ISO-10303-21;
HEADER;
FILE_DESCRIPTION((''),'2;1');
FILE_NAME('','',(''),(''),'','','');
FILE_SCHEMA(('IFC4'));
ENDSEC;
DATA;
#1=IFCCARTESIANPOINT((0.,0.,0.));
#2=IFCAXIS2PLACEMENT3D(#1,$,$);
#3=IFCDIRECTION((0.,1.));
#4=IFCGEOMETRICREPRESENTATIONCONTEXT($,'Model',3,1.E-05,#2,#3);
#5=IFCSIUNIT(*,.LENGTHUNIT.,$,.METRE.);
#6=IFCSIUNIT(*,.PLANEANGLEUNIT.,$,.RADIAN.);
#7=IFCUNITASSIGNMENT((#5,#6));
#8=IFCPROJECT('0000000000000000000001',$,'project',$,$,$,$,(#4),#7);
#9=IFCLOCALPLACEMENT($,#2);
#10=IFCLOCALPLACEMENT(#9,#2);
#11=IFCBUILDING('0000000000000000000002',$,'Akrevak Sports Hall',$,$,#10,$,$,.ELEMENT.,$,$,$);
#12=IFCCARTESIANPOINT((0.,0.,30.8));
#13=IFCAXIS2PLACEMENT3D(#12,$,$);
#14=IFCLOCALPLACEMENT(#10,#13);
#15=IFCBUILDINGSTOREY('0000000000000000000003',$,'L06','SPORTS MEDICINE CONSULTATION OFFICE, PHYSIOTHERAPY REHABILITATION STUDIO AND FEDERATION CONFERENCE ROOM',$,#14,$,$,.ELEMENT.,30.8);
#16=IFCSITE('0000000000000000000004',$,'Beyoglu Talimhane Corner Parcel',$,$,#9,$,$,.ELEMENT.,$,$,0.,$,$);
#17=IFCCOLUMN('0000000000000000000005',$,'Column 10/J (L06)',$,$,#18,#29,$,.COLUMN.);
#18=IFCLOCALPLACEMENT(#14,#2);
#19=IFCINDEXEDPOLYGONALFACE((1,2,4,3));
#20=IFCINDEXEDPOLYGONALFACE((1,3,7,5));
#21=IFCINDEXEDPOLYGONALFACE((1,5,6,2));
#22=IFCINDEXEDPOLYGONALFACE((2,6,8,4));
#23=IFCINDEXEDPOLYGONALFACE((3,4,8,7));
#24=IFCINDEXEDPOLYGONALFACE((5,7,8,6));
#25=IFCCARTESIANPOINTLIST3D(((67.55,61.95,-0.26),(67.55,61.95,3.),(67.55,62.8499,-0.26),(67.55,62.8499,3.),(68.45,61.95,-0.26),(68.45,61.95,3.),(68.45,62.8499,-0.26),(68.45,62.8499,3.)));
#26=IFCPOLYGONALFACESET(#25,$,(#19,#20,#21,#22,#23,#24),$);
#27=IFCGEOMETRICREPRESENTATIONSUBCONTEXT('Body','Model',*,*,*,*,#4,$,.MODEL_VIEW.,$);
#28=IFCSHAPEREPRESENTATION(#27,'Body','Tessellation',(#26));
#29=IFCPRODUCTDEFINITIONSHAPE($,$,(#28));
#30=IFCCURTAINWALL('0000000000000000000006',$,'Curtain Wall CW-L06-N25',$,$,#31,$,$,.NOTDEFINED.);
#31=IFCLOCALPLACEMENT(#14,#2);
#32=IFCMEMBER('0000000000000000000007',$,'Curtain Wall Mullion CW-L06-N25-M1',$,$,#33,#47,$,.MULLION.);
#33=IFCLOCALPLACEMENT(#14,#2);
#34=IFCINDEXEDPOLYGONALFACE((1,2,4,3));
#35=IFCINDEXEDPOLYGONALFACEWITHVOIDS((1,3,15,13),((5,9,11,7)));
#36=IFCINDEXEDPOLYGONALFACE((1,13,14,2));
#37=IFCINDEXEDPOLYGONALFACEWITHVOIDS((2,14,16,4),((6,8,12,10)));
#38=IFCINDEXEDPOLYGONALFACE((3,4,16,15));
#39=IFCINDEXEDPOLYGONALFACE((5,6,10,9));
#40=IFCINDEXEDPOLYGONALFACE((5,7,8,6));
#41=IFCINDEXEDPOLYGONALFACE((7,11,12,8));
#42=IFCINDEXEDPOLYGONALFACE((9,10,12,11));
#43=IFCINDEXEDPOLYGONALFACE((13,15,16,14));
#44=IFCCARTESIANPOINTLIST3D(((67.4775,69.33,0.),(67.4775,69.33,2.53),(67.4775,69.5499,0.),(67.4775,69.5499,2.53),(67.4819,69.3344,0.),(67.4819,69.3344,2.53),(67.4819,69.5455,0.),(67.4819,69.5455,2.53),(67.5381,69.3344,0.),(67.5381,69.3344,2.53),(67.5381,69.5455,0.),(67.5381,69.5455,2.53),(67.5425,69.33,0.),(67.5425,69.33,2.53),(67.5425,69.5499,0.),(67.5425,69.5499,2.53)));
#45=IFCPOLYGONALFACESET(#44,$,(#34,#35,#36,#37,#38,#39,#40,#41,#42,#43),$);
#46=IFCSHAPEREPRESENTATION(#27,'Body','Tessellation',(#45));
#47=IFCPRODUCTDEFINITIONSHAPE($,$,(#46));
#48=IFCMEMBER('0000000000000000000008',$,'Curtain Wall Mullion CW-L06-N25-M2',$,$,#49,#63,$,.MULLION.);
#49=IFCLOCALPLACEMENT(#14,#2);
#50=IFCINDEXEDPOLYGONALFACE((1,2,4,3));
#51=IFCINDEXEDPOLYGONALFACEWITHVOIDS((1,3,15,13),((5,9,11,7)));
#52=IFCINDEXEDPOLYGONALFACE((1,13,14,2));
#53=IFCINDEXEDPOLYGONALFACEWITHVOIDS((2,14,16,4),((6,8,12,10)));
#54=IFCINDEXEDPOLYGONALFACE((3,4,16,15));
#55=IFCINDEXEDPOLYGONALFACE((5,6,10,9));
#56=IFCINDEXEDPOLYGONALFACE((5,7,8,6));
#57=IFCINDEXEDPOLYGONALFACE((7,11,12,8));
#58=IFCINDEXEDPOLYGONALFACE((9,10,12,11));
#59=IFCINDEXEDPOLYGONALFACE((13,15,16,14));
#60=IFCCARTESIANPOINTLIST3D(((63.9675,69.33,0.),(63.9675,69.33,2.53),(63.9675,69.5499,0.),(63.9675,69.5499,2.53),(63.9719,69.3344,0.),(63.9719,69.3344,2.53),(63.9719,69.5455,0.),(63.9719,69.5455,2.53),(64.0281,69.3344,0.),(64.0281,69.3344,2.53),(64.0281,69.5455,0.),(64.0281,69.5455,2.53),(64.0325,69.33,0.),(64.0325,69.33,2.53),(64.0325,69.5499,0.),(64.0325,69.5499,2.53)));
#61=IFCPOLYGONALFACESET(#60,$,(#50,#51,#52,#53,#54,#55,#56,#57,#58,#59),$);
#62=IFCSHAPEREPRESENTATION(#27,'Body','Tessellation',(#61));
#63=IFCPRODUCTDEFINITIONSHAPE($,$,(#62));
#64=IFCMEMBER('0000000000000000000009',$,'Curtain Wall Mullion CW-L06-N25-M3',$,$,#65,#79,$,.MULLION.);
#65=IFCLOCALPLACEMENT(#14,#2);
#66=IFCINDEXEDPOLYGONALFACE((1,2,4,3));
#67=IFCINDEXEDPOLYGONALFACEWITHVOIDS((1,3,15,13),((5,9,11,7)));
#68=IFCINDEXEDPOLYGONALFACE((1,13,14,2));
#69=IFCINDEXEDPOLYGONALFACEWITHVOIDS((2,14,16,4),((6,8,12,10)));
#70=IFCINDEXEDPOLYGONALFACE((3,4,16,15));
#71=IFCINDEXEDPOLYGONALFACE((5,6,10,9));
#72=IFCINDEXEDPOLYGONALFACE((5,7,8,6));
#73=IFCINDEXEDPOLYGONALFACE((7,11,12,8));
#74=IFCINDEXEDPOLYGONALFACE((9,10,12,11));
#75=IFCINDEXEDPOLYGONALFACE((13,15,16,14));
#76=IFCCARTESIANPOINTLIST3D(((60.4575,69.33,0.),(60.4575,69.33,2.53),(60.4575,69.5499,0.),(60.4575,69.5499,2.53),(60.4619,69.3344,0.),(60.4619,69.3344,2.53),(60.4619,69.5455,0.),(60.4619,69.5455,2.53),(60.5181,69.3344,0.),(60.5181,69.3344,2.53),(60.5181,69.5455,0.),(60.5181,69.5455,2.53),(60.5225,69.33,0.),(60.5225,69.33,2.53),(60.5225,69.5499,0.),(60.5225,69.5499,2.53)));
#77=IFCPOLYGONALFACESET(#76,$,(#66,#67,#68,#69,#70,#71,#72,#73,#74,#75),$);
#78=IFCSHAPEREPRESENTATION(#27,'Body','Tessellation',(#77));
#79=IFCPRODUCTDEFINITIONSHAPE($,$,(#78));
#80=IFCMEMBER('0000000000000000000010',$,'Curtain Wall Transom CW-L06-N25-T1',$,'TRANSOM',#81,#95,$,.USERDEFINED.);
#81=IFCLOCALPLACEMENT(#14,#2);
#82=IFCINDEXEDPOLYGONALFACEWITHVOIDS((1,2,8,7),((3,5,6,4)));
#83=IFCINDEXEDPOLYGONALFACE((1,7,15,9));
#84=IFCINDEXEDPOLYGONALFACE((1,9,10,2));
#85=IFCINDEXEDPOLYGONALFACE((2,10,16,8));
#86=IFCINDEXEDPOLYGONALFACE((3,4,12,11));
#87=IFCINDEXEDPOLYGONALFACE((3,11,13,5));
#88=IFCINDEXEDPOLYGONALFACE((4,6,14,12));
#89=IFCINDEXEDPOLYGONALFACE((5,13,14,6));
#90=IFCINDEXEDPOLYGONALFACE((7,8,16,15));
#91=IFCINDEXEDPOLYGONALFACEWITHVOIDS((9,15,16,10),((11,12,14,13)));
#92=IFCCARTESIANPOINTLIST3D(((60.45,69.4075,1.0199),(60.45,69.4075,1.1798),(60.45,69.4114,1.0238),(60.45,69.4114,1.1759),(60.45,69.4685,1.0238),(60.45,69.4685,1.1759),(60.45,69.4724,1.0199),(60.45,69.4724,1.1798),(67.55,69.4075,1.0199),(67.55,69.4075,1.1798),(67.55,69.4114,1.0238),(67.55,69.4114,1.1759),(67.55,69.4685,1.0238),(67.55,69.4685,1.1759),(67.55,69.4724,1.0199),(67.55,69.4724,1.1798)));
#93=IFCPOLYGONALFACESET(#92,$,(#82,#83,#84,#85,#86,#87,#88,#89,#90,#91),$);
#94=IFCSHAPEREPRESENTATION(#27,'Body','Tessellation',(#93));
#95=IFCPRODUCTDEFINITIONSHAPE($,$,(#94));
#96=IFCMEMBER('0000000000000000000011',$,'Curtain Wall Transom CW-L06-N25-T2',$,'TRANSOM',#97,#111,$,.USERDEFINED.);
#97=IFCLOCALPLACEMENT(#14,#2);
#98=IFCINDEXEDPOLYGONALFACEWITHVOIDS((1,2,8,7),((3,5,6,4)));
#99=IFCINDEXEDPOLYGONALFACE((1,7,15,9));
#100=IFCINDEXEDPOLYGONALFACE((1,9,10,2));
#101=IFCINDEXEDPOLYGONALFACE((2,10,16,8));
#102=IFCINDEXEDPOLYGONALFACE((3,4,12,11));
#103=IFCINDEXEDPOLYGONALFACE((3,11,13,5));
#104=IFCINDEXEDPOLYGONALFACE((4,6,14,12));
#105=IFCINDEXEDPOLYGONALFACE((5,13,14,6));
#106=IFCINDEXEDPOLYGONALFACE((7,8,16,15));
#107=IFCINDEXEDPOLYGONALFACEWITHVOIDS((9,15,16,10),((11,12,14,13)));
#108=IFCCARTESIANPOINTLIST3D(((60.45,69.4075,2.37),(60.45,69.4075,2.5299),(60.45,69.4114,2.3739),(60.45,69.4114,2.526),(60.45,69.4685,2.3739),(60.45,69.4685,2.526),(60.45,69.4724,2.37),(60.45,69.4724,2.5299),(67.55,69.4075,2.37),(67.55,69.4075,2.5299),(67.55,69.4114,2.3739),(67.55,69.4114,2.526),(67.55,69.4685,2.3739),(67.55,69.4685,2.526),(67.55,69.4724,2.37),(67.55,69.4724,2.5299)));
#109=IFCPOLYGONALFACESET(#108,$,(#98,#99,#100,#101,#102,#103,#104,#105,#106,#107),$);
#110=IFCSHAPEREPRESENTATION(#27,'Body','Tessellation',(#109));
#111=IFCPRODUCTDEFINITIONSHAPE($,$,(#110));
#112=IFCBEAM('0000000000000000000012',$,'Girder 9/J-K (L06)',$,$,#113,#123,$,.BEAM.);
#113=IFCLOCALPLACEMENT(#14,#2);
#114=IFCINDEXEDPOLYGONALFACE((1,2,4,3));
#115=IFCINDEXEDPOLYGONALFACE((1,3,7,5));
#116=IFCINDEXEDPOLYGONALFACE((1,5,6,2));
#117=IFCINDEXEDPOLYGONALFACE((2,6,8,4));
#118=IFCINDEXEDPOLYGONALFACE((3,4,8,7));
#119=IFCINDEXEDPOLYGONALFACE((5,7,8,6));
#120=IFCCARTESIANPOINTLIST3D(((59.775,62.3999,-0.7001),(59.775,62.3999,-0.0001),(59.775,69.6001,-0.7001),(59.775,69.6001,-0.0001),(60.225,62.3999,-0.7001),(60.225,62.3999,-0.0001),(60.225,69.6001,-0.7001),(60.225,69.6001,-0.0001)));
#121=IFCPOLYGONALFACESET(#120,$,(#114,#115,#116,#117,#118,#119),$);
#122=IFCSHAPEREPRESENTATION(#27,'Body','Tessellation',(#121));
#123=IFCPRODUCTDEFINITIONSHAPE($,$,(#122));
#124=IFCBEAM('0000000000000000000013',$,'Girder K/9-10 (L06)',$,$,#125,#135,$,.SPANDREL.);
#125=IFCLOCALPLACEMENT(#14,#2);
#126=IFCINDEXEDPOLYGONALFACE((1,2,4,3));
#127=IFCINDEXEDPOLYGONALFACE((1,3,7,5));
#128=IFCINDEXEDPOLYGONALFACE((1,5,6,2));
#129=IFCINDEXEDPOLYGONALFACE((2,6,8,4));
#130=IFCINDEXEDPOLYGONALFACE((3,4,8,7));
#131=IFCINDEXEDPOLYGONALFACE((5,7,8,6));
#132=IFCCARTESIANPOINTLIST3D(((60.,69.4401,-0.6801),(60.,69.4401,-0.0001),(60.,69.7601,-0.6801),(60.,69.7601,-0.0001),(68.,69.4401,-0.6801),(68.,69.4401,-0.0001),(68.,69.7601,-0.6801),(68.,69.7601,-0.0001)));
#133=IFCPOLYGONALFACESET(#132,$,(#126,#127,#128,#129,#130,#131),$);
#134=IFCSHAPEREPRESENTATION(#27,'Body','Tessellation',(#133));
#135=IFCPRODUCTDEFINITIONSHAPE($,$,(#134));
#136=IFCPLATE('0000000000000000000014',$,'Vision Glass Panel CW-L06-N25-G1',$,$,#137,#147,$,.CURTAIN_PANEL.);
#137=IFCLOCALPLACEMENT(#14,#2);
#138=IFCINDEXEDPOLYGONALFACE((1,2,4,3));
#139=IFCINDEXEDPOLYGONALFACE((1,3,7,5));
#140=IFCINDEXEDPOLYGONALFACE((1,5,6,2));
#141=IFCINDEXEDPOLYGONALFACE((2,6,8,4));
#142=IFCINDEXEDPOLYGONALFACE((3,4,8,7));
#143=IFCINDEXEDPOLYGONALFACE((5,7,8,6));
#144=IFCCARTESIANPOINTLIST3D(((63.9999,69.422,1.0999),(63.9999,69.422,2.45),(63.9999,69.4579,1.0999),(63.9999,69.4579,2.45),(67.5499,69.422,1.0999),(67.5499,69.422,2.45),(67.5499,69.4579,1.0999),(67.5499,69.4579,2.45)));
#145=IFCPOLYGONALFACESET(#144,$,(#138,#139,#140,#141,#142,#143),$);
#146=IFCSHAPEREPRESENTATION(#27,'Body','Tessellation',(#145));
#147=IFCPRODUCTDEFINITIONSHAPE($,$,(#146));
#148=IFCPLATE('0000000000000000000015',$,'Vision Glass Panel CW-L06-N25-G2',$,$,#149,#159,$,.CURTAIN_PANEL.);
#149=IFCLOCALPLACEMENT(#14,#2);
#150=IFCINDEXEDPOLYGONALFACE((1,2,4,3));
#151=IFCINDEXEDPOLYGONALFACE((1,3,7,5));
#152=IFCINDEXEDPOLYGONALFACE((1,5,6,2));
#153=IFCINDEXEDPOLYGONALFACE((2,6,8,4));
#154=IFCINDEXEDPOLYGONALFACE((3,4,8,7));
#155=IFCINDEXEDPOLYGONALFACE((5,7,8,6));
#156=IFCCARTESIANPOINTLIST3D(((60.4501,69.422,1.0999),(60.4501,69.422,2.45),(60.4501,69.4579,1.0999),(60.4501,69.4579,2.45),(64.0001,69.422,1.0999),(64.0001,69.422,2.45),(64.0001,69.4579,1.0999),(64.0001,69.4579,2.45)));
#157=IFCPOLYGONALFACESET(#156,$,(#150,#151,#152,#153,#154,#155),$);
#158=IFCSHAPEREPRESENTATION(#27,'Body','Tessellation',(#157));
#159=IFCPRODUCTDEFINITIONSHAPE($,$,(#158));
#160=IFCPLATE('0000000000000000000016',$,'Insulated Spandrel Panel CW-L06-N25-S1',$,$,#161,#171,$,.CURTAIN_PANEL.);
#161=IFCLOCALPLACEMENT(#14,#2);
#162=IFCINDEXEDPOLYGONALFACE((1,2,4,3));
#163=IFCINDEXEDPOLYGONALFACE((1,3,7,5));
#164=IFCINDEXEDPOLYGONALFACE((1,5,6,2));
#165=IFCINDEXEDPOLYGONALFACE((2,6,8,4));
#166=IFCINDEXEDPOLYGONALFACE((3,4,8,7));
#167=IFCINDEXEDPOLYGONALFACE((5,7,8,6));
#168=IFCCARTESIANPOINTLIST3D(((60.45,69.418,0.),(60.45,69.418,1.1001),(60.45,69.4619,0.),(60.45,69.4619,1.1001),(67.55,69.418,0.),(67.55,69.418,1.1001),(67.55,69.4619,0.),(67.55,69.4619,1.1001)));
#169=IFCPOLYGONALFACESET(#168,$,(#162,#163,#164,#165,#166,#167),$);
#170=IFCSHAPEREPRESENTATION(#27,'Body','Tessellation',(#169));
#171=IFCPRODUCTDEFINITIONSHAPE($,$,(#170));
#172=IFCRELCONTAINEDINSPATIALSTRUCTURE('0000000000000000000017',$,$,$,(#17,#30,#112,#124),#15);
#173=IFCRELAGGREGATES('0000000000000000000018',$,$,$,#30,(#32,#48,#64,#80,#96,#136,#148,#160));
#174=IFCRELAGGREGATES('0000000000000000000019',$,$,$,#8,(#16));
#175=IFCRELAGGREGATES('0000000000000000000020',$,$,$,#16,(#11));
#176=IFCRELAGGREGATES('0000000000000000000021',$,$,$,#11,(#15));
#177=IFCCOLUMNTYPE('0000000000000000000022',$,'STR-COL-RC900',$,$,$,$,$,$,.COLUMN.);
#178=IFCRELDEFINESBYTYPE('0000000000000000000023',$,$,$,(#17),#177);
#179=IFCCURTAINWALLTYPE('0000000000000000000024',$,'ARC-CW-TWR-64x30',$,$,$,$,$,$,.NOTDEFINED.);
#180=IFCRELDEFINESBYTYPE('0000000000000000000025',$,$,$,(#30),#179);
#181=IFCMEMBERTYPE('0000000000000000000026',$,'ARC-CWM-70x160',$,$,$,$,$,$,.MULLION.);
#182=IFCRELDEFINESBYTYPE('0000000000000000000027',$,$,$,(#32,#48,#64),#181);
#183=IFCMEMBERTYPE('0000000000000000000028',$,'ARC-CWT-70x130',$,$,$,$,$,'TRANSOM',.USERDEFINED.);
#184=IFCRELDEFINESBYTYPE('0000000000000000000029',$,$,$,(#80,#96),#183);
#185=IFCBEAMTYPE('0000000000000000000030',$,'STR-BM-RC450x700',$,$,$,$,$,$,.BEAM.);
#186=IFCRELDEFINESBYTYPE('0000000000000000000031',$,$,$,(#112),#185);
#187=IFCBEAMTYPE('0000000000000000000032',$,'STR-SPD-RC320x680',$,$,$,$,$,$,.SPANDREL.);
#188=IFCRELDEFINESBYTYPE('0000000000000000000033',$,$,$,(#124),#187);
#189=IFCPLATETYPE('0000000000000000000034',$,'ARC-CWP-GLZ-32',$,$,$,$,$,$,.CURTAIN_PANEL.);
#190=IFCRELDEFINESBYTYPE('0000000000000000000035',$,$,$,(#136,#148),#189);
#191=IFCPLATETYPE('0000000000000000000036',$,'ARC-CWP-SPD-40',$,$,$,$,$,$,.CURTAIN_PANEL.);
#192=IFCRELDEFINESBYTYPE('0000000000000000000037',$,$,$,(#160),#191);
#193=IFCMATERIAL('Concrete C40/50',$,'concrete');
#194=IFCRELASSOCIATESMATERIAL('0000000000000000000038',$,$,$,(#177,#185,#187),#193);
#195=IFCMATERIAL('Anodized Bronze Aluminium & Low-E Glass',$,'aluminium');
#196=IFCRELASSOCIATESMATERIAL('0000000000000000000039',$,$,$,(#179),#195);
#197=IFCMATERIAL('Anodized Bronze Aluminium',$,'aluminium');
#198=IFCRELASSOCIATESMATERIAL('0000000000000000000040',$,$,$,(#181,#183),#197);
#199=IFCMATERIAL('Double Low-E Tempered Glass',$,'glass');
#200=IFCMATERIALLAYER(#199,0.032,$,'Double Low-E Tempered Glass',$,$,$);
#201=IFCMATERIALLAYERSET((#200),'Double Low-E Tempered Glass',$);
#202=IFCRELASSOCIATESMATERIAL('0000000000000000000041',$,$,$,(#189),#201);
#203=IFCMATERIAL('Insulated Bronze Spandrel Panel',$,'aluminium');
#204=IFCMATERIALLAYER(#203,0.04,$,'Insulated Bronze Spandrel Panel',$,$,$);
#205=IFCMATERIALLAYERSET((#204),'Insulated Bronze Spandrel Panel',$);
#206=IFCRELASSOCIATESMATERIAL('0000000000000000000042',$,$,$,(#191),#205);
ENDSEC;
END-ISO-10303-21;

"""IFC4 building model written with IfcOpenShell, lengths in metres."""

from ifc_helpers import new_model, si_unit, direction, frame, origin, origin_2d, place, context, subcontext, project, spatial, rectangle, hollow_rectangle, extrude, material, layer, layer_set, material_profile, profile_set, type_object, element, aggregate, save


model = new_model("IFC4")

# Units and contexts
model_context = context("Model", 3, precision=1e-05, world=origin(), true_north=direction((0.0, 1.0)))
body_context = subcontext(model_context, "Body", "Model", "MODEL_VIEW")
ifc_project = project(units=[si_unit("LENGTHUNIT", "METRE"), si_unit("PLANEANGLEUNIT", "RADIAN")], contexts=[model_context])

# Site, building, storey
site_placement = place(None, origin())
site = spatial("IfcSite", under=ifc_project, at=site_placement, Name="Beyoglu Talimhane Corner Parcel", CompositionType="ELEMENT", RefElevation=0.0)
building_placement = place(site_placement, origin())
building = spatial("IfcBuilding", under=site, at=building_placement, Name="Akrevak Sports Hall", CompositionType="ELEMENT")
storey_placement = place(building_placement, frame((0.0, 0.0, 30.8)))
storey = spatial("IfcBuildingStorey", under=building, at=storey_placement, Name="L06", Description="SPORTS MEDICINE CONSULTATION OFFICE, PHYSIOTHERAPY REHABILITATION STUDIO AND FEDERATION CONFERENCE ROOM", CompositionType="ELEMENT", Elevation=30.8)

# Column
ifc_material_1 = material(Name="Concrete C40/50", Category="concrete")
ifc_material_profile_1 = material_profile(ifc_material_1, rectangle(XDim=0.8999, YDim=0.8999, at=origin_2d()), Name="RC 900x900", Category="concrete")
ifc_profile_set_1 = profile_set([ifc_material_profile_1], Name="Concrete C40/50")
column_type = type_object("IfcColumnType", Name="STR-COL-RC900", PredefinedType="COLUMN", material=ifc_profile_set_1)
column_placement = place(storey_placement, frame((68.0, 62.3999, -0.26), z_axis=(0.0, 0.0, 1.0), x_axis=(1.0, 0.0, 0.0)))
element("IfcColumn", 1, at=column_placement, inside=storey, type_object=column_type, Name="Column 10/J (L06)", PredefinedType="COLUMN", context=body_context, shape_type="SweptSolid", body=[
    extrude(rectangle(XDim=0.8999, YDim=0.8999, at=origin_2d()), origin(), (0.0, 0.0, 1.0), 3.26),
])

# Curtain wall, members
ifc_material_2 = material(Name="Anodized Bronze Aluminium & Low-E Glass", Category="aluminium")
curtain_wall_type = type_object("IfcCurtainWallType", Name="ARC-CW-TWR-64x30", PredefinedType="NOTDEFINED", material=ifc_material_2)
curtain_wall_placement = place(storey_placement, origin())
curtain_wall = element("IfcCurtainWall", 2, at=curtain_wall_placement, inside=storey, type_object=curtain_wall_type, Name="Curtain Wall CW-L06-N25", PredefinedType="NOTDEFINED")
ifc_material_3 = material(Name="Anodized Bronze Aluminium", Category="aluminium")
ifc_material_profile_2 = material_profile(ifc_material_3, hollow_rectangle(XDim=0.0649, YDim=0.22, WallThickness=0.0044, at=origin_2d()), Name="CWM 65x220", Category="aluminium")
ifc_profile_set_2 = profile_set([ifc_material_profile_2], Name="Anodized Bronze Aluminium")
member_type_1 = type_object("IfcMemberType", Name="ARC-CWM-70x160", PredefinedType="MULLION", material=ifc_profile_set_2)
member_1_placement = place(storey_placement, frame((67.51, 69.4399, 0.0), z_axis=(0.0, 0.0, 1.0), x_axis=(-1.0, 0.0, 0.0)))
member_1 = element("IfcMember", 3, at=member_1_placement, type_object=member_type_1, Name="Curtain Wall Mullion CW-L06-N25-M1", PredefinedType="MULLION", context=body_context, shape_type="SweptSolid", body=[
    extrude(hollow_rectangle(XDim=0.0649, YDim=0.22, WallThickness=0.0044, at=origin_2d()), origin(), (0.0, 0.0, 1.0), 2.53),
])
member_2_placement = place(storey_placement, frame((64.0, 69.4399, 0.0), z_axis=(0.0, 0.0, 1.0), x_axis=(-1.0, 0.0, 0.0)))
member_2 = element("IfcMember", 4, at=member_2_placement, type_object=member_type_1, Name="Curtain Wall Mullion CW-L06-N25-M2", PredefinedType="MULLION", context=body_context, shape_type="SweptSolid", body=[
    extrude(hollow_rectangle(XDim=0.0649, YDim=0.22, WallThickness=0.0044, at=origin_2d()), origin(), (0.0, 0.0, 1.0), 2.53),
])
member_3_placement = place(storey_placement, frame((60.49, 69.4399, 0.0), z_axis=(0.0, 0.0, 1.0), x_axis=(-1.0, 0.0, 0.0)))
member_3 = element("IfcMember", 5, at=member_3_placement, type_object=member_type_1, Name="Curtain Wall Mullion CW-L06-N25-M3", PredefinedType="MULLION", context=body_context, shape_type="SweptSolid", body=[
    extrude(hollow_rectangle(XDim=0.0649, YDim=0.22, WallThickness=0.0044, at=origin_2d()), origin(), (0.0, 0.0, 1.0), 2.53),
])
ifc_material_profile_3 = material_profile(ifc_material_3, hollow_rectangle(XDim=0.0649, YDim=0.1599, WallThickness=0.0039, at=origin_2d()), Name="CWT 65x160", Category="aluminium")
ifc_profile_set_3 = profile_set([ifc_material_profile_3], Name="Anodized Bronze Aluminium")
member_type_2 = type_object("IfcMemberType", Name="ARC-CWT-70x130", ElementType="TRANSOM", PredefinedType="USERDEFINED", material=ifc_profile_set_3)
member_4_placement = place(storey_placement, frame((67.55, 69.4399, 1.0999), z_axis=(-1.0, 0.0, 0.0), x_axis=(0.0, -1.0, 0.0)))
member_4 = element("IfcMember", 6, at=member_4_placement, type_object=member_type_2, Name="Curtain Wall Transom CW-L06-N25-T1", ObjectType="TRANSOM", PredefinedType="USERDEFINED", context=body_context, shape_type="SweptSolid", body=[
    extrude(hollow_rectangle(XDim=0.0649, YDim=0.1599, WallThickness=0.0039, at=origin_2d()), origin(), (0.0, 0.0, 1.0), 7.1001),
])
member_5_placement = place(storey_placement, frame((67.55, 69.4399, 2.45), z_axis=(-1.0, 0.0, 0.0), x_axis=(0.0, -1.0, 0.0)))
member_5 = element("IfcMember", 7, at=member_5_placement, type_object=member_type_2, Name="Curtain Wall Transom CW-L06-N25-T2", ObjectType="TRANSOM", PredefinedType="USERDEFINED", context=body_context, shape_type="SweptSolid", body=[
    extrude(hollow_rectangle(XDim=0.0649, YDim=0.1599, WallThickness=0.0039, at=origin_2d()), origin(), (0.0, 0.0, 1.0), 7.1001),
])

# Beams
ifc_material_profile_4 = material_profile(ifc_material_1, rectangle(XDim=0.45, YDim=0.7, at=origin_2d()), Name="BM 450x700", Category="concrete")
ifc_profile_set_4 = profile_set([ifc_material_profile_4], Name="Concrete C40/50")
beam_type_1 = type_object("IfcBeamType", Name="STR-BM-RC450x700", PredefinedType="BEAM", material=ifc_profile_set_4)
beam_1_placement = place(storey_placement, frame((60.0, 62.3999, -0.3501), z_axis=(0.0, 1.0, 0.0), x_axis=(-1.0, 0.0, 0.0)))
element("IfcBeam", 8, at=beam_1_placement, inside=storey, type_object=beam_type_1, Name="Girder 9/J-K (L06)", PredefinedType="BEAM", context=body_context, shape_type="SweptSolid", body=[
    extrude(rectangle(XDim=0.45, YDim=0.7, at=origin_2d()), origin(), (0.0, 0.0, 1.0), 7.2002),
])
ifc_material_profile_5 = material_profile(ifc_material_1, rectangle(XDim=0.3201, YDim=0.6799, at=origin_2d()), Name="SPD 320x680", Category="concrete")
ifc_profile_set_5 = profile_set([ifc_material_profile_5], Name="Concrete C40/50")
beam_type_2 = type_object("IfcBeamType", Name="STR-SPD-RC320x680", PredefinedType="SPANDREL", material=ifc_profile_set_5)
beam_2_placement = place(storey_placement, frame((60.0, 69.6001, -0.3401), z_axis=(1.0, 0.0, 0.0), x_axis=(0.0, 1.0, 0.0)))
element("IfcBeam", 9, at=beam_2_placement, inside=storey, type_object=beam_type_2, Name="Girder K/9-10 (L06)", PredefinedType="SPANDREL", context=body_context, shape_type="SweptSolid", body=[
    extrude(rectangle(XDim=0.3201, YDim=0.6799, at=origin_2d()), origin(), (0.0, 0.0, 1.0), 8.0),
])

# Plates
ifc_material_4 = material(Name="Double Low-E Tempered Glass", Category="glass")
ifc_layer_1 = layer(ifc_material_4, 0.032, Name="Double Low-E Tempered Glass")
ifc_layer_set_1 = layer_set([ifc_layer_1], Name="Double Low-E Tempered Glass")
plate_type_1 = type_object("IfcPlateType", Name="ARC-CWP-GLZ-32", PredefinedType="CURTAIN_PANEL", material=ifc_layer_set_1)
plate_1_placement = place(storey_placement, frame((65.7749, 69.4399, 1.0999), z_axis=(0.0, 0.0, 1.0), x_axis=(-1.0, 0.0, 0.0)))
plate_1 = element("IfcPlate", 10, at=plate_1_placement, type_object=plate_type_1, Name="Vision Glass Panel CW-L06-N25-G1", PredefinedType="CURTAIN_PANEL", context=body_context, shape_type="SweptSolid", body=[
    extrude(rectangle(XDim=3.55, YDim=0.0359, at=origin_2d()), origin(), (0.0, 0.0, 1.0), 1.3501),
])
plate_2_placement = place(storey_placement, frame((62.2251, 69.4399, 1.0999), z_axis=(0.0, 0.0, 1.0), x_axis=(-1.0, 0.0, 0.0)))
plate_2 = element("IfcPlate", 11, at=plate_2_placement, type_object=plate_type_1, Name="Vision Glass Panel CW-L06-N25-G2", PredefinedType="CURTAIN_PANEL", context=body_context, shape_type="SweptSolid", body=[
    extrude(rectangle(XDim=3.55, YDim=0.0359, at=origin_2d()), origin(), (0.0, 0.0, 1.0), 1.3501),
])
ifc_material_5 = material(Name="Insulated Bronze Spandrel Panel", Category="aluminium")
ifc_layer_2 = layer(ifc_material_5, 0.04, Name="Insulated Bronze Spandrel Panel")
ifc_layer_set_2 = layer_set([ifc_layer_2], Name="Insulated Bronze Spandrel Panel")
plate_type_2 = type_object("IfcPlateType", Name="ARC-CWP-SPD-40", PredefinedType="CURTAIN_PANEL", material=ifc_layer_set_2)
plate_3_placement = place(storey_placement, frame((64.0, 69.4399, 0.0), z_axis=(0.0, 0.0, 1.0), x_axis=(-1.0, 0.0, 0.0)))
plate_3 = element("IfcPlate", 12, at=plate_3_placement, type_object=plate_type_2, Name="Insulated Spandrel Panel CW-L06-N25-S1", PredefinedType="CURTAIN_PANEL", context=body_context, shape_type="SweptSolid", body=[
    extrude(rectangle(XDim=7.1001, YDim=0.0439, at=origin_2d()), origin(), (0.0, 0.0, 1.0), 1.1001),
])
aggregate(curtain_wall, [member_1, member_2, member_3, member_4, member_5, plate_1, plate_2, plate_3])

save(model, "model.ifc")
